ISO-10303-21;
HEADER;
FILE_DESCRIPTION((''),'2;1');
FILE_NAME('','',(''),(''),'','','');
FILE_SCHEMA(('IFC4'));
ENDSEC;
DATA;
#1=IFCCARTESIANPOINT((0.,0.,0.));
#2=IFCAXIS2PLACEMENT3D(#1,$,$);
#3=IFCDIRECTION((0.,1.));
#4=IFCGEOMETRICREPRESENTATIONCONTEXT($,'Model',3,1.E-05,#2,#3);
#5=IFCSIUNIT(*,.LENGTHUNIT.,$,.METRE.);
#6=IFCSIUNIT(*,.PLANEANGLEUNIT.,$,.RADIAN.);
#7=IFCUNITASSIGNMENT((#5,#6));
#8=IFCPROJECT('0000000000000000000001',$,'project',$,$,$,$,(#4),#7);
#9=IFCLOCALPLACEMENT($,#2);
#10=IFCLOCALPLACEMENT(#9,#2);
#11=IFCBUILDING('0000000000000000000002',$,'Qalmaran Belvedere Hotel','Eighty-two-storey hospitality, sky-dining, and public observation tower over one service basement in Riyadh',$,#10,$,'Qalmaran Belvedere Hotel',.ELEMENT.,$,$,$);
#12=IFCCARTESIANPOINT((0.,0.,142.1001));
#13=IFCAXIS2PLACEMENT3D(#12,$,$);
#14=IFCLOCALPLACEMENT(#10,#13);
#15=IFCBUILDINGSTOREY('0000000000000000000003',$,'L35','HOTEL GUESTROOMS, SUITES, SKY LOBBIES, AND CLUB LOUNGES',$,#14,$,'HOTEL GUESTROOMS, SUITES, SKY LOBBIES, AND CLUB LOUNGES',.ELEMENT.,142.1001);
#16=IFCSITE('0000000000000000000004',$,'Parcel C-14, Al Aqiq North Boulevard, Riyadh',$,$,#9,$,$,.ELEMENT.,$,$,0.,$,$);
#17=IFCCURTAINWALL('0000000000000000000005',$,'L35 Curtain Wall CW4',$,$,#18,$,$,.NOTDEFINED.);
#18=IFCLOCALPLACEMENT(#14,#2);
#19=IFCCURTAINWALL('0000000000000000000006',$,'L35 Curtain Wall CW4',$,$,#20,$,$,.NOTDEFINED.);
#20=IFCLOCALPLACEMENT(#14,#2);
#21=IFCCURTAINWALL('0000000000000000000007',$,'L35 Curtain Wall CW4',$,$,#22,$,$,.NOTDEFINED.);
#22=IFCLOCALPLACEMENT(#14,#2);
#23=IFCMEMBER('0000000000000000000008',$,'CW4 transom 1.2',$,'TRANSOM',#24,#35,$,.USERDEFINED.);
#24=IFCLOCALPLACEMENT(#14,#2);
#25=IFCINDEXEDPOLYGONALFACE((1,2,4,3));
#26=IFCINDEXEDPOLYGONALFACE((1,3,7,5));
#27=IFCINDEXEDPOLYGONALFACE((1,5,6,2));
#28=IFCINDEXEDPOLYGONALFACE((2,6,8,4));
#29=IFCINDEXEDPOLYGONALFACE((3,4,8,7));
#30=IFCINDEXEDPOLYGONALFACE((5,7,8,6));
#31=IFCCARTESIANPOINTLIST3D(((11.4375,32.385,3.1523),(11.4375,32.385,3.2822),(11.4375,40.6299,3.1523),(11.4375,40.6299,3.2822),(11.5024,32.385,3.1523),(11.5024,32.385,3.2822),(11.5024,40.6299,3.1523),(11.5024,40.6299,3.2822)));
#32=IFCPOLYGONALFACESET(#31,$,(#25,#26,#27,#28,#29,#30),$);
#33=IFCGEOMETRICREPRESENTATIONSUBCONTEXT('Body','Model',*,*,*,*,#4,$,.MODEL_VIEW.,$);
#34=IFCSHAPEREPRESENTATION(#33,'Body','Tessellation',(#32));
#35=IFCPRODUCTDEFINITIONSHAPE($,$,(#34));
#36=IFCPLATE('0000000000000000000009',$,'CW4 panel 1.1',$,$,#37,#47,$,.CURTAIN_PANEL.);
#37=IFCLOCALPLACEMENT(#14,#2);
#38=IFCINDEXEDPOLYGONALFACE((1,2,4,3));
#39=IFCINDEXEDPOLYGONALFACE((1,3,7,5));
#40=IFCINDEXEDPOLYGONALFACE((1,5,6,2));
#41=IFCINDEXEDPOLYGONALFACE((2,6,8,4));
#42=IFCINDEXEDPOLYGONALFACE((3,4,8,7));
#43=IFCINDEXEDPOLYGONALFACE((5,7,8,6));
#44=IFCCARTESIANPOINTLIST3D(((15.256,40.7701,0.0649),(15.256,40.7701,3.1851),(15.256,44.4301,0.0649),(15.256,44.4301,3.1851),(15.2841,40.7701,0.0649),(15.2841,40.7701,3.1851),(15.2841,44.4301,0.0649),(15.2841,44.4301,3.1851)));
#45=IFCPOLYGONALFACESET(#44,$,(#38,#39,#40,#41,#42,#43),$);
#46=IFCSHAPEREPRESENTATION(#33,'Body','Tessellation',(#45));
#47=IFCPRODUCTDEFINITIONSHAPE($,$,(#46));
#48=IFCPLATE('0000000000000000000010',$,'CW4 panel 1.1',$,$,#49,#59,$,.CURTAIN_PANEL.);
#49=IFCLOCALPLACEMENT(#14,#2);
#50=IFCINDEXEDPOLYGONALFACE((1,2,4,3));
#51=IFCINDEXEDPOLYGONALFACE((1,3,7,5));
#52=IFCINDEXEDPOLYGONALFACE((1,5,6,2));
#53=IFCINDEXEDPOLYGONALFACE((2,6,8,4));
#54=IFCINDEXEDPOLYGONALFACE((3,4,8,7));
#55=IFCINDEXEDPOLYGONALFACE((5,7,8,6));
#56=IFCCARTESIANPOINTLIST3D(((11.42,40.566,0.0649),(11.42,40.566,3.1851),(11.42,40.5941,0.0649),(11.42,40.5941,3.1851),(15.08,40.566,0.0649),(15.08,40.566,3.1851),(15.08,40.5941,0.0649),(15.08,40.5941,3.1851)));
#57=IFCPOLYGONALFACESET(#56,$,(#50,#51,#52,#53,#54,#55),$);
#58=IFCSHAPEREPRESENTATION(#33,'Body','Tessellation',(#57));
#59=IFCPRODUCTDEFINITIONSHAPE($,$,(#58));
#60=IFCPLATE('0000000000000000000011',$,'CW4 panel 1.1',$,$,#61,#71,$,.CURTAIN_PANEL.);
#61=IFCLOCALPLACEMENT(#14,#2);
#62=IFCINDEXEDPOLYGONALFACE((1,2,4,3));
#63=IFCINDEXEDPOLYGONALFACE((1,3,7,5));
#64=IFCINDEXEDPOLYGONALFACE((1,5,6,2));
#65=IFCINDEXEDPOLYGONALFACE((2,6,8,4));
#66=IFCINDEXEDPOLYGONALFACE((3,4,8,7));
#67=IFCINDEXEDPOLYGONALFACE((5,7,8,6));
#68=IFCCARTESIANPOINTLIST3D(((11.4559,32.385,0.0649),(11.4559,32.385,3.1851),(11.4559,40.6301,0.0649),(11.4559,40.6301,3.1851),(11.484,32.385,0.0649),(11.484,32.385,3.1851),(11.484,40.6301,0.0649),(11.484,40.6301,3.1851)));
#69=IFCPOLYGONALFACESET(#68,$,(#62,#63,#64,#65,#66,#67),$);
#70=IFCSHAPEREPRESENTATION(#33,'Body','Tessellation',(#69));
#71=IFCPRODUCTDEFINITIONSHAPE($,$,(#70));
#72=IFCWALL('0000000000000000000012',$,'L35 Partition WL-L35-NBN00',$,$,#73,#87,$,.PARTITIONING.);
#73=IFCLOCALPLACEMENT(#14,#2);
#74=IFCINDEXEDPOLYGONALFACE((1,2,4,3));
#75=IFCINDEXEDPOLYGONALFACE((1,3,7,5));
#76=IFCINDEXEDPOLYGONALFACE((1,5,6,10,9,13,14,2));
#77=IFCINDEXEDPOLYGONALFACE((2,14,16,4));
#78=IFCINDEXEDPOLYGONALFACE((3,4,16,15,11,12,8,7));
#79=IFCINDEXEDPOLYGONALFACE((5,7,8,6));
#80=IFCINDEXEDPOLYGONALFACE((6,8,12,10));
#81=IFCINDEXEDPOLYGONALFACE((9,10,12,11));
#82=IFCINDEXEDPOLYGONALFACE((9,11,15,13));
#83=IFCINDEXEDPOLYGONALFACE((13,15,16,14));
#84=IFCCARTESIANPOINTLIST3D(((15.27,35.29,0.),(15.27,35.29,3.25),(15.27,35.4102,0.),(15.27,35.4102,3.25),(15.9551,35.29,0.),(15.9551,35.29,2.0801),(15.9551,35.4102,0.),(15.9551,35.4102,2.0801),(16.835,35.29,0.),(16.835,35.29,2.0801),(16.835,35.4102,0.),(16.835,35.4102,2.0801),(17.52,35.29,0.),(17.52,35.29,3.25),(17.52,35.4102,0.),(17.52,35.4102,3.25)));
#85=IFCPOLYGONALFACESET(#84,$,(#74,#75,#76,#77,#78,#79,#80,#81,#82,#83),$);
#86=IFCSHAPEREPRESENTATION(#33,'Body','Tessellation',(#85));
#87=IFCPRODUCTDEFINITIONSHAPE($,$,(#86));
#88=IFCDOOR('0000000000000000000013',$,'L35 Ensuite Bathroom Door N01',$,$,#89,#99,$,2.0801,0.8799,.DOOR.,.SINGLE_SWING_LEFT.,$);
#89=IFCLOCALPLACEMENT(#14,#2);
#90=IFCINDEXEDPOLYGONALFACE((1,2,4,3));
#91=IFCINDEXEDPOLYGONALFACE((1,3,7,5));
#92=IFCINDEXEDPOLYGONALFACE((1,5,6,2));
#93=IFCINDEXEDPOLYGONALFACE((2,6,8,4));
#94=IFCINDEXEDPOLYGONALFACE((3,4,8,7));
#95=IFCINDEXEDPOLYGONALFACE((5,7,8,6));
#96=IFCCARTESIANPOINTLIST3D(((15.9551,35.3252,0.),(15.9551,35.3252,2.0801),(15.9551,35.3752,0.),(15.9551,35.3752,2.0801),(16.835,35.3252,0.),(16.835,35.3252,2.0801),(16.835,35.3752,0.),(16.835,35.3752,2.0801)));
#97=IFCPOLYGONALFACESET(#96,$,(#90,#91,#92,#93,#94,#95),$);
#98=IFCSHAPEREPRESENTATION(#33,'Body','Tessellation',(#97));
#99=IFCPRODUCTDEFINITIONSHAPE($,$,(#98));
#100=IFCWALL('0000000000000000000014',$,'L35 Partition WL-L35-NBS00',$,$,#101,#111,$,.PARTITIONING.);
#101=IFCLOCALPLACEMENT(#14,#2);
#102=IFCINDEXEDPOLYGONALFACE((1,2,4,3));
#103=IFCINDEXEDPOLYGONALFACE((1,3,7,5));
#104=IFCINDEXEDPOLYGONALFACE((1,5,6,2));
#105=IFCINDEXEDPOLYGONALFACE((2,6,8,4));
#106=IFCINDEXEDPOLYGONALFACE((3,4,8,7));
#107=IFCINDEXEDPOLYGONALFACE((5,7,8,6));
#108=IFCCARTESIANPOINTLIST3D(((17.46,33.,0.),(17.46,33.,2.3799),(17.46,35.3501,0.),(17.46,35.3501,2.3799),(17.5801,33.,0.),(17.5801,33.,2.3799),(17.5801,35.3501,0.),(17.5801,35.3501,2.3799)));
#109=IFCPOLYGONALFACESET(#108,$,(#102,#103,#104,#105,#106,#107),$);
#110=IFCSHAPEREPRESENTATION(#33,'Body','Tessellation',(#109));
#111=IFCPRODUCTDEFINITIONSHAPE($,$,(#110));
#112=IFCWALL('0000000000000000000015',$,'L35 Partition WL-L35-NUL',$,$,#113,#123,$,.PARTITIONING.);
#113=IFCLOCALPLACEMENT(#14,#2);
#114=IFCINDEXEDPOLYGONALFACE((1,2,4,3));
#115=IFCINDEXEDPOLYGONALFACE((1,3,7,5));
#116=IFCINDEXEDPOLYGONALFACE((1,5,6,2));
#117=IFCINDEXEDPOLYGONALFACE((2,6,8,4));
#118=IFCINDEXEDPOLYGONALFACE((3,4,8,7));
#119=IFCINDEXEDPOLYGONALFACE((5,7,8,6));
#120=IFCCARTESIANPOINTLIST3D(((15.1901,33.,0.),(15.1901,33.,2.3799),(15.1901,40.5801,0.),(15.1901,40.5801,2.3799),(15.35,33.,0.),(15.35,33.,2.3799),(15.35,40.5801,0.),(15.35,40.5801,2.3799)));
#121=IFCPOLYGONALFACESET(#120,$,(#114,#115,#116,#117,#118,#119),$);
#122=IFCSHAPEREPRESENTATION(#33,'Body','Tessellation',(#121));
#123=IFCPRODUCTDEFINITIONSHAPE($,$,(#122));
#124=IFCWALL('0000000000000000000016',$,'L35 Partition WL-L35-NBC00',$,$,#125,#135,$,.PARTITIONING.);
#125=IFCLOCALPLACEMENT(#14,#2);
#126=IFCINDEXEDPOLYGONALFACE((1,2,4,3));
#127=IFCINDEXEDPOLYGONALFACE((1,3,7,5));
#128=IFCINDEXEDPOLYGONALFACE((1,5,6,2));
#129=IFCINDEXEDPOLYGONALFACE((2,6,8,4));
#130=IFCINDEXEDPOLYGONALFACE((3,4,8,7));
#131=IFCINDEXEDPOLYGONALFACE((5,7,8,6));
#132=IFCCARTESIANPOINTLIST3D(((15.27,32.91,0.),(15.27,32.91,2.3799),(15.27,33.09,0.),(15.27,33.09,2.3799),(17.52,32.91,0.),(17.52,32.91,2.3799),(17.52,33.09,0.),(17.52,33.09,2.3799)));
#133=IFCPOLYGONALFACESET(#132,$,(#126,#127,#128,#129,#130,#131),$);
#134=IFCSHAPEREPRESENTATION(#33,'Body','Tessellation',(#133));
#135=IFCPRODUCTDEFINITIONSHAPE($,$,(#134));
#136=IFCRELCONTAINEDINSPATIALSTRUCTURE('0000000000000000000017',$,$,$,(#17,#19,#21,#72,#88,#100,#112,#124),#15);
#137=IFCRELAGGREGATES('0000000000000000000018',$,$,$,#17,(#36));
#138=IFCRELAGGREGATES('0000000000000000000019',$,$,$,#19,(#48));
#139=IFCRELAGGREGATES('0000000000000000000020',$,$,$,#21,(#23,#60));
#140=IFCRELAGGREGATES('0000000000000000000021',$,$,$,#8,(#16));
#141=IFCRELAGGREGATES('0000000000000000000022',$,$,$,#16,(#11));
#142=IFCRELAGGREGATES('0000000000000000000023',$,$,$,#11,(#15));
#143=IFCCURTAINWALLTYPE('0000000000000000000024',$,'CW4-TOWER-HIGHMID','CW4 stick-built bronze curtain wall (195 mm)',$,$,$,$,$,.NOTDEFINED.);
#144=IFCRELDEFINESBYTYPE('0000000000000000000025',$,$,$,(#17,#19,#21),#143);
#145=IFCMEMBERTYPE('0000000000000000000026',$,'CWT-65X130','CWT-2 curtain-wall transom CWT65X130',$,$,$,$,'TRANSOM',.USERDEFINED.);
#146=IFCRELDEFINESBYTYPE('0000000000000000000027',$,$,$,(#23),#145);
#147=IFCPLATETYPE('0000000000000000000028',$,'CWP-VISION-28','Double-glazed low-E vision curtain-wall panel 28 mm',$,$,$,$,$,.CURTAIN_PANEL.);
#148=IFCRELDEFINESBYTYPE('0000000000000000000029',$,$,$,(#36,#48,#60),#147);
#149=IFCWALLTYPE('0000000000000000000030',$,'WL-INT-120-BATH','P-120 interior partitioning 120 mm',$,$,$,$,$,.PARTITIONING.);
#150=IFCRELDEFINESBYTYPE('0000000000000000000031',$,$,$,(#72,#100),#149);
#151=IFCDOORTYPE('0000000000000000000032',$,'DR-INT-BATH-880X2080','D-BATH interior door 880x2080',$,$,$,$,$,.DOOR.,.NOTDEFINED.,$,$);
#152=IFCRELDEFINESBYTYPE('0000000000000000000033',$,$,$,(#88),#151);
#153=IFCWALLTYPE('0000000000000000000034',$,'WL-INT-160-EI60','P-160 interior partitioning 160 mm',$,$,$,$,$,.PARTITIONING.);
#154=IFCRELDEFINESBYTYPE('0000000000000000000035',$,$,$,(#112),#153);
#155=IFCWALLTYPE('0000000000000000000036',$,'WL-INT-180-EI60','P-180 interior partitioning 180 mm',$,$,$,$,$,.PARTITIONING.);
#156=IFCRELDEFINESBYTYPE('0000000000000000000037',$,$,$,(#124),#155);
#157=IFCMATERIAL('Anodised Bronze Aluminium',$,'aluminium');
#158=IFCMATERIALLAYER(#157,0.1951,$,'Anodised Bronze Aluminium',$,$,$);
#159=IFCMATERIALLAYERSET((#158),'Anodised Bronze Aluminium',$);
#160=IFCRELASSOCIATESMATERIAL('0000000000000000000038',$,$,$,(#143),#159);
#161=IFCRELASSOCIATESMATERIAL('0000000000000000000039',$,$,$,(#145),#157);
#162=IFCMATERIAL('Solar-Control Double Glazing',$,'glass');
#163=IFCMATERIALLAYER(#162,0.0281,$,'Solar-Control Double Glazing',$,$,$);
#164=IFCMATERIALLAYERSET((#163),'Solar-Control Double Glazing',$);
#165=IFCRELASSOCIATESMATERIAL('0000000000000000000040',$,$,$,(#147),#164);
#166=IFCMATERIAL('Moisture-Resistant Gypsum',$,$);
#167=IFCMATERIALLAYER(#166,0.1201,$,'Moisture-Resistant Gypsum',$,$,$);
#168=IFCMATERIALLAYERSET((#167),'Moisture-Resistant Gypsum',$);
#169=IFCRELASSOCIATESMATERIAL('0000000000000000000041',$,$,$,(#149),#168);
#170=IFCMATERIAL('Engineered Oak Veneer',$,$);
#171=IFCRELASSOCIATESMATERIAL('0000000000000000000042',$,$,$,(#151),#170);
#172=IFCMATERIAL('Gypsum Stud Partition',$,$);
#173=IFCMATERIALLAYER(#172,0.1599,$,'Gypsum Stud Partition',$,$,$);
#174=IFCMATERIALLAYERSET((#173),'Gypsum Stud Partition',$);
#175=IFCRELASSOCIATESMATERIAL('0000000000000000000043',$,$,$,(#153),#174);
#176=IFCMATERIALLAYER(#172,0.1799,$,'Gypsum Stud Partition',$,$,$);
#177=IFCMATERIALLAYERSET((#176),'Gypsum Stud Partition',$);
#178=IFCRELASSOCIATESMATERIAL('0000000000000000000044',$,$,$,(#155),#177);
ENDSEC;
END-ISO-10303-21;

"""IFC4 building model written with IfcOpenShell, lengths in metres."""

from ifc_helpers import new_model, si_unit, direction, frame, frame_2d, origin, origin_2d, place, context, subcontext, project, spatial, rectangle, extrude, material, layer, layer_set, material_profile, profile_set, type_object, element, fill, aggregate, save


model = new_model("IFC4")

# Units and contexts
model_context = context("Model", 3, precision=1e-05, world=origin(), true_north=direction((0.0, 1.0)))
body_context = subcontext(model_context, "Body", "Model", "MODEL_VIEW")
ifc_project = project(units=[si_unit("LENGTHUNIT", "METRE"), si_unit("PLANEANGLEUNIT", "RADIAN")], contexts=[model_context])

# Site, building, storey
site_placement = place(None, origin())
site = spatial("IfcSite", under=ifc_project, at=site_placement, Name="Parcel C-14, Al Aqiq North Boulevard, Riyadh", CompositionType="ELEMENT", RefElevation=0.0)
building_placement = place(site_placement, origin())
building = spatial("IfcBuilding", under=site, at=building_placement, Name="Qalmaran Belvedere Hotel", Description="Eighty-two-storey hospitality, sky-dining, and public observation tower over one service basement in Riyadh", LongName="Qalmaran Belvedere Hotel", CompositionType="ELEMENT")
storey_placement = place(building_placement, frame((0.0, 0.0, 142.1001)))
storey = spatial("IfcBuildingStorey", under=building, at=storey_placement, Name="L35", Description="HOTEL GUESTROOMS, SUITES, SKY LOBBIES, AND CLUB LOUNGES", LongName="HOTEL GUESTROOMS, SUITES, SKY LOBBIES, AND CLUB LOUNGES", CompositionType="ELEMENT", Elevation=142.1001)

# Shared definitions
ifc_material_1 = material(Name="Anodised Bronze Aluminium", Category="aluminium")
ifc_layer_1 = layer(ifc_material_1, 0.1951, Name="Anodised Bronze Aluminium")
ifc_layer_set_1 = layer_set([ifc_layer_1], Name="Anodised Bronze Aluminium")
curtain_wall_type = type_object("IfcCurtainWallType", Name="CW4-TOWER-HIGHMID", Description="CW4 stick-built bronze curtain wall (195 mm)", PredefinedType="NOTDEFINED", material=ifc_layer_set_1)

# Curtain walls
curtain_wall_1_placement = place(storey_placement, origin())
curtain_wall_1 = element("IfcCurtainWall", 1, at=curtain_wall_1_placement, inside=storey, type_object=curtain_wall_type, Name="L35 Curtain Wall CW4", PredefinedType="NOTDEFINED")
curtain_wall_2_placement = place(storey_placement, origin())
curtain_wall_2 = element("IfcCurtainWall", 2, at=curtain_wall_2_placement, inside=storey, type_object=curtain_wall_type, Name="L35 Curtain Wall CW4", PredefinedType="NOTDEFINED")

# Curtain wall
curtain_wall_3_placement = place(storey_placement, origin())
curtain_wall_3 = element("IfcCurtainWall", 3, at=curtain_wall_3_placement, inside=storey, type_object=curtain_wall_type, Name="L35 Curtain Wall CW4", PredefinedType="NOTDEFINED")

# Member
ifc_material_profile_1 = material_profile(ifc_material_1, rectangle(XDim=0.0649, YDim=0.1299, at=origin_2d()), Name="CWT65X130")
ifc_profile_set_1 = profile_set([ifc_material_profile_1], Name="Anodised Bronze Aluminium")
member_type_1 = type_object("IfcMemberType", Name="CWT-65X130", Description="CWT-2 curtain-wall transom CWT65X130", ElementType="TRANSOM", PredefinedType="USERDEFINED", material=ifc_profile_set_1)
member_1_placement = place(storey_placement, frame((11.47, 40.6299, 3.2173), z_axis=(0.0, -1.0, 0.0), x_axis=(1.0, 0.0, 0.0)))
member_1 = element("IfcMember", 4, at=member_1_placement, type_object=member_type_1, Name="CW4 transom 1.2", ObjectType="TRANSOM", PredefinedType="USERDEFINED", context=body_context, shape_type="SweptSolid", body=[
    extrude(rectangle(XDim=0.0649, YDim=0.1299, at=origin_2d()), origin(), (0.0, 0.0, 1.0), 8.2449),
])

# Plates
ifc_material_2 = material(Name="Solar-Control Double Glazing", Category="glass")
ifc_layer_2 = layer(ifc_material_2, 0.0281, Name="Solar-Control Double Glazing")
ifc_layer_set_2 = layer_set([ifc_layer_2], Name="Solar-Control Double Glazing")
plate_type = type_object("IfcPlateType", Name="CWP-VISION-28", Description="Double-glazed low-E vision curtain-wall panel 28 mm", PredefinedType="CURTAIN_PANEL", material=ifc_layer_set_2)
plate_1_placement = place(storey_placement, frame((15.27, 42.6001, 0.0649), z_axis=(0.0, 0.0, 1.0), x_axis=(0.0, -1.0, 0.0)))
plate_1 = element("IfcPlate", 5, at=plate_1_placement, type_object=plate_type, Name="CW4 panel 1.1", PredefinedType="CURTAIN_PANEL", context=body_context, shape_type="SweptSolid", body=[
    extrude(rectangle(XDim=3.6599, YDim=0.0281, at=origin_2d()), origin(), (0.0, 0.0, 1.0), 3.1201),
])
aggregate(curtain_wall_1, [plate_1])
plate_2_placement = place(storey_placement, frame((13.25, 40.5801, 0.0649), z_axis=(0.0, 0.0, 1.0), x_axis=(-1.0, 0.0, 0.0)))
plate_2 = element("IfcPlate", 6, at=plate_2_placement, type_object=plate_type, Name="CW4 panel 1.1", PredefinedType="CURTAIN_PANEL", context=body_context, shape_type="SweptSolid", body=[
    extrude(rectangle(XDim=3.6599, YDim=0.0281, at=origin_2d()), origin(), (0.0, 0.0, 1.0), 3.1201),
])
aggregate(curtain_wall_2, [plate_2])
plate_3_placement = place(storey_placement, frame((11.47, 36.5076, 0.0649), z_axis=(0.0, 0.0, 1.0), x_axis=(0.0, -1.0, 0.0)))
plate_3 = element("IfcPlate", 7, at=plate_3_placement, type_object=plate_type, Name="CW4 panel 1.1", PredefinedType="CURTAIN_PANEL", context=body_context, shape_type="SweptSolid", body=[
    extrude(rectangle(XDim=8.2451, YDim=0.0281, at=origin_2d()), origin(), (0.0, 0.0, 1.0), 3.1201),
])
aggregate(curtain_wall_3, [member_1, plate_3])

# Wall, opening, door
ifc_material_3 = material(Name="Moisture-Resistant Gypsum")
ifc_layer_3 = layer(ifc_material_3, 0.1201, Name="Moisture-Resistant Gypsum")
ifc_layer_set_3 = layer_set([ifc_layer_3], Name="Moisture-Resistant Gypsum")
wall_type_1 = type_object("IfcWallType", Name="WL-INT-120-BATH", Description="P-120 interior partitioning 120 mm", PredefinedType="PARTITIONING", material=ifc_layer_set_3)
wall_1_placement = place(storey_placement, frame((15.27, 35.3501, 0.0), z_axis=(0.0, 0.0, 1.0), x_axis=(1.0, 0.0, 0.0)))
wall_1 = element("IfcWall", 8, at=wall_1_placement, inside=storey, type_object=wall_type_1, Name="L35 Partition WL-L35-NBN00", PredefinedType="PARTITIONING", context=body_context, shape_type="SweptSolid", body=[
    extrude(rectangle(XDim=2.25, YDim=0.1201, at=frame_2d((1.125, 0.0))), origin(), (0.0, 0.0, 1.0), 3.25),
])
opening_placement = place(wall_1_placement, frame((1.5649, 0.0, 0.0), z_axis=(0.0, 0.0, 1.0), x_axis=(-1.0, 0.0, 0.0)))
opening = element("IfcOpeningElement", 9, at=opening_placement, cuts=wall_1, PredefinedType="OPENING", context=body_context, shape_type="SweptSolid", body=[
    extrude(rectangle(XDim=0.8799, YDim=2.0801, at=frame_2d((0.4399, 1.04))), frame((0.0, 0.0701, 0.0), z_axis=(0.0, -1.0, 0.0), x_axis=(1.0, 0.0, 0.0)), (0.0, 0.0, 1.0), 0.1401),
])
ifc_material_4 = material(Name="Engineered Oak Veneer")
door_type = type_object("IfcDoorType", Name="DR-INT-BATH-880X2080", Description="D-BATH interior door 880x2080", OperationType="NOTDEFINED", PredefinedType="DOOR", material=ifc_material_4)
door_placement = place(opening_placement, origin())
door = element("IfcDoor", 10, at=door_placement, inside=storey, type_object=door_type, Name="L35 Ensuite Bathroom Door N01", OperationType="SINGLE_SWING_LEFT", OverallHeight=2.0801, OverallWidth=0.8799, PredefinedType="DOOR", context=body_context, shape_type="SweptSolid", body=[
    extrude(rectangle(XDim=0.8799, YDim=2.0801, at=frame_2d((0.4399, 1.04))), frame((0.0, 0.0249, 0.0), z_axis=(0.0, -1.0, 0.0), x_axis=(1.0, 0.0, 0.0)), (0.0, 0.0, 1.0), 0.05),
])
fill(opening, door)

# Walls
wall_2_placement = place(storey_placement, frame((17.52, 33.0, 0.0), z_axis=(0.0, 0.0, 1.0), x_axis=(0.0, 1.0, 0.0)))
element("IfcWall", 11, at=wall_2_placement, inside=storey, type_object=wall_type_1, Name="L35 Partition WL-L35-NBS00", PredefinedType="PARTITIONING", context=body_context, shape_type="SweptSolid", body=[
    extrude(rectangle(XDim=2.3501, YDim=0.1201, at=frame_2d((1.175, 0.0))), origin(), (0.0, 0.0, 1.0), 2.3799),
])
ifc_material_5 = material(Name="Gypsum Stud Partition")
ifc_layer_4 = layer(ifc_material_5, 0.1599, Name="Gypsum Stud Partition")
ifc_layer_set_4 = layer_set([ifc_layer_4], Name="Gypsum Stud Partition")
wall_type_2 = type_object("IfcWallType", Name="WL-INT-160-EI60", Description="P-160 interior partitioning 160 mm", PredefinedType="PARTITIONING", material=ifc_layer_set_4)
wall_3_placement = place(storey_placement, frame((15.27, 33.0, 0.0), z_axis=(0.0, 0.0, 1.0), x_axis=(0.0, 1.0, 0.0)))
element("IfcWall", 12, at=wall_3_placement, inside=storey, type_object=wall_type_2, Name="L35 Partition WL-L35-NUL", PredefinedType="PARTITIONING", context=body_context, shape_type="SweptSolid", body=[
    extrude(rectangle(XDim=7.5801, YDim=0.1599, at=frame_2d((3.79, 0.0))), origin(), (0.0, 0.0, 1.0), 2.3799),
])
ifc_layer_5 = layer(ifc_material_5, 0.1799, Name="Gypsum Stud Partition")
ifc_layer_set_5 = layer_set([ifc_layer_5], Name="Gypsum Stud Partition")
wall_type_3 = type_object("IfcWallType", Name="WL-INT-180-EI60", Description="P-180 interior partitioning 180 mm", PredefinedType="PARTITIONING", material=ifc_layer_set_5)
wall_4_placement = place(storey_placement, frame((15.27, 33.0, 0.0), z_axis=(0.0, 0.0, 1.0), x_axis=(1.0, 0.0, 0.0)))
element("IfcWall", 13, at=wall_4_placement, inside=storey, type_object=wall_type_3, Name="L35 Partition WL-L35-NBC00", PredefinedType="PARTITIONING", context=body_context, shape_type="SweptSolid", body=[
    extrude(rectangle(XDim=2.25, YDim=0.1799, at=frame_2d((1.125, 0.0))), origin(), (0.0, 0.0, 1.0), 2.3799),
])

save(model, "model.ifc")
